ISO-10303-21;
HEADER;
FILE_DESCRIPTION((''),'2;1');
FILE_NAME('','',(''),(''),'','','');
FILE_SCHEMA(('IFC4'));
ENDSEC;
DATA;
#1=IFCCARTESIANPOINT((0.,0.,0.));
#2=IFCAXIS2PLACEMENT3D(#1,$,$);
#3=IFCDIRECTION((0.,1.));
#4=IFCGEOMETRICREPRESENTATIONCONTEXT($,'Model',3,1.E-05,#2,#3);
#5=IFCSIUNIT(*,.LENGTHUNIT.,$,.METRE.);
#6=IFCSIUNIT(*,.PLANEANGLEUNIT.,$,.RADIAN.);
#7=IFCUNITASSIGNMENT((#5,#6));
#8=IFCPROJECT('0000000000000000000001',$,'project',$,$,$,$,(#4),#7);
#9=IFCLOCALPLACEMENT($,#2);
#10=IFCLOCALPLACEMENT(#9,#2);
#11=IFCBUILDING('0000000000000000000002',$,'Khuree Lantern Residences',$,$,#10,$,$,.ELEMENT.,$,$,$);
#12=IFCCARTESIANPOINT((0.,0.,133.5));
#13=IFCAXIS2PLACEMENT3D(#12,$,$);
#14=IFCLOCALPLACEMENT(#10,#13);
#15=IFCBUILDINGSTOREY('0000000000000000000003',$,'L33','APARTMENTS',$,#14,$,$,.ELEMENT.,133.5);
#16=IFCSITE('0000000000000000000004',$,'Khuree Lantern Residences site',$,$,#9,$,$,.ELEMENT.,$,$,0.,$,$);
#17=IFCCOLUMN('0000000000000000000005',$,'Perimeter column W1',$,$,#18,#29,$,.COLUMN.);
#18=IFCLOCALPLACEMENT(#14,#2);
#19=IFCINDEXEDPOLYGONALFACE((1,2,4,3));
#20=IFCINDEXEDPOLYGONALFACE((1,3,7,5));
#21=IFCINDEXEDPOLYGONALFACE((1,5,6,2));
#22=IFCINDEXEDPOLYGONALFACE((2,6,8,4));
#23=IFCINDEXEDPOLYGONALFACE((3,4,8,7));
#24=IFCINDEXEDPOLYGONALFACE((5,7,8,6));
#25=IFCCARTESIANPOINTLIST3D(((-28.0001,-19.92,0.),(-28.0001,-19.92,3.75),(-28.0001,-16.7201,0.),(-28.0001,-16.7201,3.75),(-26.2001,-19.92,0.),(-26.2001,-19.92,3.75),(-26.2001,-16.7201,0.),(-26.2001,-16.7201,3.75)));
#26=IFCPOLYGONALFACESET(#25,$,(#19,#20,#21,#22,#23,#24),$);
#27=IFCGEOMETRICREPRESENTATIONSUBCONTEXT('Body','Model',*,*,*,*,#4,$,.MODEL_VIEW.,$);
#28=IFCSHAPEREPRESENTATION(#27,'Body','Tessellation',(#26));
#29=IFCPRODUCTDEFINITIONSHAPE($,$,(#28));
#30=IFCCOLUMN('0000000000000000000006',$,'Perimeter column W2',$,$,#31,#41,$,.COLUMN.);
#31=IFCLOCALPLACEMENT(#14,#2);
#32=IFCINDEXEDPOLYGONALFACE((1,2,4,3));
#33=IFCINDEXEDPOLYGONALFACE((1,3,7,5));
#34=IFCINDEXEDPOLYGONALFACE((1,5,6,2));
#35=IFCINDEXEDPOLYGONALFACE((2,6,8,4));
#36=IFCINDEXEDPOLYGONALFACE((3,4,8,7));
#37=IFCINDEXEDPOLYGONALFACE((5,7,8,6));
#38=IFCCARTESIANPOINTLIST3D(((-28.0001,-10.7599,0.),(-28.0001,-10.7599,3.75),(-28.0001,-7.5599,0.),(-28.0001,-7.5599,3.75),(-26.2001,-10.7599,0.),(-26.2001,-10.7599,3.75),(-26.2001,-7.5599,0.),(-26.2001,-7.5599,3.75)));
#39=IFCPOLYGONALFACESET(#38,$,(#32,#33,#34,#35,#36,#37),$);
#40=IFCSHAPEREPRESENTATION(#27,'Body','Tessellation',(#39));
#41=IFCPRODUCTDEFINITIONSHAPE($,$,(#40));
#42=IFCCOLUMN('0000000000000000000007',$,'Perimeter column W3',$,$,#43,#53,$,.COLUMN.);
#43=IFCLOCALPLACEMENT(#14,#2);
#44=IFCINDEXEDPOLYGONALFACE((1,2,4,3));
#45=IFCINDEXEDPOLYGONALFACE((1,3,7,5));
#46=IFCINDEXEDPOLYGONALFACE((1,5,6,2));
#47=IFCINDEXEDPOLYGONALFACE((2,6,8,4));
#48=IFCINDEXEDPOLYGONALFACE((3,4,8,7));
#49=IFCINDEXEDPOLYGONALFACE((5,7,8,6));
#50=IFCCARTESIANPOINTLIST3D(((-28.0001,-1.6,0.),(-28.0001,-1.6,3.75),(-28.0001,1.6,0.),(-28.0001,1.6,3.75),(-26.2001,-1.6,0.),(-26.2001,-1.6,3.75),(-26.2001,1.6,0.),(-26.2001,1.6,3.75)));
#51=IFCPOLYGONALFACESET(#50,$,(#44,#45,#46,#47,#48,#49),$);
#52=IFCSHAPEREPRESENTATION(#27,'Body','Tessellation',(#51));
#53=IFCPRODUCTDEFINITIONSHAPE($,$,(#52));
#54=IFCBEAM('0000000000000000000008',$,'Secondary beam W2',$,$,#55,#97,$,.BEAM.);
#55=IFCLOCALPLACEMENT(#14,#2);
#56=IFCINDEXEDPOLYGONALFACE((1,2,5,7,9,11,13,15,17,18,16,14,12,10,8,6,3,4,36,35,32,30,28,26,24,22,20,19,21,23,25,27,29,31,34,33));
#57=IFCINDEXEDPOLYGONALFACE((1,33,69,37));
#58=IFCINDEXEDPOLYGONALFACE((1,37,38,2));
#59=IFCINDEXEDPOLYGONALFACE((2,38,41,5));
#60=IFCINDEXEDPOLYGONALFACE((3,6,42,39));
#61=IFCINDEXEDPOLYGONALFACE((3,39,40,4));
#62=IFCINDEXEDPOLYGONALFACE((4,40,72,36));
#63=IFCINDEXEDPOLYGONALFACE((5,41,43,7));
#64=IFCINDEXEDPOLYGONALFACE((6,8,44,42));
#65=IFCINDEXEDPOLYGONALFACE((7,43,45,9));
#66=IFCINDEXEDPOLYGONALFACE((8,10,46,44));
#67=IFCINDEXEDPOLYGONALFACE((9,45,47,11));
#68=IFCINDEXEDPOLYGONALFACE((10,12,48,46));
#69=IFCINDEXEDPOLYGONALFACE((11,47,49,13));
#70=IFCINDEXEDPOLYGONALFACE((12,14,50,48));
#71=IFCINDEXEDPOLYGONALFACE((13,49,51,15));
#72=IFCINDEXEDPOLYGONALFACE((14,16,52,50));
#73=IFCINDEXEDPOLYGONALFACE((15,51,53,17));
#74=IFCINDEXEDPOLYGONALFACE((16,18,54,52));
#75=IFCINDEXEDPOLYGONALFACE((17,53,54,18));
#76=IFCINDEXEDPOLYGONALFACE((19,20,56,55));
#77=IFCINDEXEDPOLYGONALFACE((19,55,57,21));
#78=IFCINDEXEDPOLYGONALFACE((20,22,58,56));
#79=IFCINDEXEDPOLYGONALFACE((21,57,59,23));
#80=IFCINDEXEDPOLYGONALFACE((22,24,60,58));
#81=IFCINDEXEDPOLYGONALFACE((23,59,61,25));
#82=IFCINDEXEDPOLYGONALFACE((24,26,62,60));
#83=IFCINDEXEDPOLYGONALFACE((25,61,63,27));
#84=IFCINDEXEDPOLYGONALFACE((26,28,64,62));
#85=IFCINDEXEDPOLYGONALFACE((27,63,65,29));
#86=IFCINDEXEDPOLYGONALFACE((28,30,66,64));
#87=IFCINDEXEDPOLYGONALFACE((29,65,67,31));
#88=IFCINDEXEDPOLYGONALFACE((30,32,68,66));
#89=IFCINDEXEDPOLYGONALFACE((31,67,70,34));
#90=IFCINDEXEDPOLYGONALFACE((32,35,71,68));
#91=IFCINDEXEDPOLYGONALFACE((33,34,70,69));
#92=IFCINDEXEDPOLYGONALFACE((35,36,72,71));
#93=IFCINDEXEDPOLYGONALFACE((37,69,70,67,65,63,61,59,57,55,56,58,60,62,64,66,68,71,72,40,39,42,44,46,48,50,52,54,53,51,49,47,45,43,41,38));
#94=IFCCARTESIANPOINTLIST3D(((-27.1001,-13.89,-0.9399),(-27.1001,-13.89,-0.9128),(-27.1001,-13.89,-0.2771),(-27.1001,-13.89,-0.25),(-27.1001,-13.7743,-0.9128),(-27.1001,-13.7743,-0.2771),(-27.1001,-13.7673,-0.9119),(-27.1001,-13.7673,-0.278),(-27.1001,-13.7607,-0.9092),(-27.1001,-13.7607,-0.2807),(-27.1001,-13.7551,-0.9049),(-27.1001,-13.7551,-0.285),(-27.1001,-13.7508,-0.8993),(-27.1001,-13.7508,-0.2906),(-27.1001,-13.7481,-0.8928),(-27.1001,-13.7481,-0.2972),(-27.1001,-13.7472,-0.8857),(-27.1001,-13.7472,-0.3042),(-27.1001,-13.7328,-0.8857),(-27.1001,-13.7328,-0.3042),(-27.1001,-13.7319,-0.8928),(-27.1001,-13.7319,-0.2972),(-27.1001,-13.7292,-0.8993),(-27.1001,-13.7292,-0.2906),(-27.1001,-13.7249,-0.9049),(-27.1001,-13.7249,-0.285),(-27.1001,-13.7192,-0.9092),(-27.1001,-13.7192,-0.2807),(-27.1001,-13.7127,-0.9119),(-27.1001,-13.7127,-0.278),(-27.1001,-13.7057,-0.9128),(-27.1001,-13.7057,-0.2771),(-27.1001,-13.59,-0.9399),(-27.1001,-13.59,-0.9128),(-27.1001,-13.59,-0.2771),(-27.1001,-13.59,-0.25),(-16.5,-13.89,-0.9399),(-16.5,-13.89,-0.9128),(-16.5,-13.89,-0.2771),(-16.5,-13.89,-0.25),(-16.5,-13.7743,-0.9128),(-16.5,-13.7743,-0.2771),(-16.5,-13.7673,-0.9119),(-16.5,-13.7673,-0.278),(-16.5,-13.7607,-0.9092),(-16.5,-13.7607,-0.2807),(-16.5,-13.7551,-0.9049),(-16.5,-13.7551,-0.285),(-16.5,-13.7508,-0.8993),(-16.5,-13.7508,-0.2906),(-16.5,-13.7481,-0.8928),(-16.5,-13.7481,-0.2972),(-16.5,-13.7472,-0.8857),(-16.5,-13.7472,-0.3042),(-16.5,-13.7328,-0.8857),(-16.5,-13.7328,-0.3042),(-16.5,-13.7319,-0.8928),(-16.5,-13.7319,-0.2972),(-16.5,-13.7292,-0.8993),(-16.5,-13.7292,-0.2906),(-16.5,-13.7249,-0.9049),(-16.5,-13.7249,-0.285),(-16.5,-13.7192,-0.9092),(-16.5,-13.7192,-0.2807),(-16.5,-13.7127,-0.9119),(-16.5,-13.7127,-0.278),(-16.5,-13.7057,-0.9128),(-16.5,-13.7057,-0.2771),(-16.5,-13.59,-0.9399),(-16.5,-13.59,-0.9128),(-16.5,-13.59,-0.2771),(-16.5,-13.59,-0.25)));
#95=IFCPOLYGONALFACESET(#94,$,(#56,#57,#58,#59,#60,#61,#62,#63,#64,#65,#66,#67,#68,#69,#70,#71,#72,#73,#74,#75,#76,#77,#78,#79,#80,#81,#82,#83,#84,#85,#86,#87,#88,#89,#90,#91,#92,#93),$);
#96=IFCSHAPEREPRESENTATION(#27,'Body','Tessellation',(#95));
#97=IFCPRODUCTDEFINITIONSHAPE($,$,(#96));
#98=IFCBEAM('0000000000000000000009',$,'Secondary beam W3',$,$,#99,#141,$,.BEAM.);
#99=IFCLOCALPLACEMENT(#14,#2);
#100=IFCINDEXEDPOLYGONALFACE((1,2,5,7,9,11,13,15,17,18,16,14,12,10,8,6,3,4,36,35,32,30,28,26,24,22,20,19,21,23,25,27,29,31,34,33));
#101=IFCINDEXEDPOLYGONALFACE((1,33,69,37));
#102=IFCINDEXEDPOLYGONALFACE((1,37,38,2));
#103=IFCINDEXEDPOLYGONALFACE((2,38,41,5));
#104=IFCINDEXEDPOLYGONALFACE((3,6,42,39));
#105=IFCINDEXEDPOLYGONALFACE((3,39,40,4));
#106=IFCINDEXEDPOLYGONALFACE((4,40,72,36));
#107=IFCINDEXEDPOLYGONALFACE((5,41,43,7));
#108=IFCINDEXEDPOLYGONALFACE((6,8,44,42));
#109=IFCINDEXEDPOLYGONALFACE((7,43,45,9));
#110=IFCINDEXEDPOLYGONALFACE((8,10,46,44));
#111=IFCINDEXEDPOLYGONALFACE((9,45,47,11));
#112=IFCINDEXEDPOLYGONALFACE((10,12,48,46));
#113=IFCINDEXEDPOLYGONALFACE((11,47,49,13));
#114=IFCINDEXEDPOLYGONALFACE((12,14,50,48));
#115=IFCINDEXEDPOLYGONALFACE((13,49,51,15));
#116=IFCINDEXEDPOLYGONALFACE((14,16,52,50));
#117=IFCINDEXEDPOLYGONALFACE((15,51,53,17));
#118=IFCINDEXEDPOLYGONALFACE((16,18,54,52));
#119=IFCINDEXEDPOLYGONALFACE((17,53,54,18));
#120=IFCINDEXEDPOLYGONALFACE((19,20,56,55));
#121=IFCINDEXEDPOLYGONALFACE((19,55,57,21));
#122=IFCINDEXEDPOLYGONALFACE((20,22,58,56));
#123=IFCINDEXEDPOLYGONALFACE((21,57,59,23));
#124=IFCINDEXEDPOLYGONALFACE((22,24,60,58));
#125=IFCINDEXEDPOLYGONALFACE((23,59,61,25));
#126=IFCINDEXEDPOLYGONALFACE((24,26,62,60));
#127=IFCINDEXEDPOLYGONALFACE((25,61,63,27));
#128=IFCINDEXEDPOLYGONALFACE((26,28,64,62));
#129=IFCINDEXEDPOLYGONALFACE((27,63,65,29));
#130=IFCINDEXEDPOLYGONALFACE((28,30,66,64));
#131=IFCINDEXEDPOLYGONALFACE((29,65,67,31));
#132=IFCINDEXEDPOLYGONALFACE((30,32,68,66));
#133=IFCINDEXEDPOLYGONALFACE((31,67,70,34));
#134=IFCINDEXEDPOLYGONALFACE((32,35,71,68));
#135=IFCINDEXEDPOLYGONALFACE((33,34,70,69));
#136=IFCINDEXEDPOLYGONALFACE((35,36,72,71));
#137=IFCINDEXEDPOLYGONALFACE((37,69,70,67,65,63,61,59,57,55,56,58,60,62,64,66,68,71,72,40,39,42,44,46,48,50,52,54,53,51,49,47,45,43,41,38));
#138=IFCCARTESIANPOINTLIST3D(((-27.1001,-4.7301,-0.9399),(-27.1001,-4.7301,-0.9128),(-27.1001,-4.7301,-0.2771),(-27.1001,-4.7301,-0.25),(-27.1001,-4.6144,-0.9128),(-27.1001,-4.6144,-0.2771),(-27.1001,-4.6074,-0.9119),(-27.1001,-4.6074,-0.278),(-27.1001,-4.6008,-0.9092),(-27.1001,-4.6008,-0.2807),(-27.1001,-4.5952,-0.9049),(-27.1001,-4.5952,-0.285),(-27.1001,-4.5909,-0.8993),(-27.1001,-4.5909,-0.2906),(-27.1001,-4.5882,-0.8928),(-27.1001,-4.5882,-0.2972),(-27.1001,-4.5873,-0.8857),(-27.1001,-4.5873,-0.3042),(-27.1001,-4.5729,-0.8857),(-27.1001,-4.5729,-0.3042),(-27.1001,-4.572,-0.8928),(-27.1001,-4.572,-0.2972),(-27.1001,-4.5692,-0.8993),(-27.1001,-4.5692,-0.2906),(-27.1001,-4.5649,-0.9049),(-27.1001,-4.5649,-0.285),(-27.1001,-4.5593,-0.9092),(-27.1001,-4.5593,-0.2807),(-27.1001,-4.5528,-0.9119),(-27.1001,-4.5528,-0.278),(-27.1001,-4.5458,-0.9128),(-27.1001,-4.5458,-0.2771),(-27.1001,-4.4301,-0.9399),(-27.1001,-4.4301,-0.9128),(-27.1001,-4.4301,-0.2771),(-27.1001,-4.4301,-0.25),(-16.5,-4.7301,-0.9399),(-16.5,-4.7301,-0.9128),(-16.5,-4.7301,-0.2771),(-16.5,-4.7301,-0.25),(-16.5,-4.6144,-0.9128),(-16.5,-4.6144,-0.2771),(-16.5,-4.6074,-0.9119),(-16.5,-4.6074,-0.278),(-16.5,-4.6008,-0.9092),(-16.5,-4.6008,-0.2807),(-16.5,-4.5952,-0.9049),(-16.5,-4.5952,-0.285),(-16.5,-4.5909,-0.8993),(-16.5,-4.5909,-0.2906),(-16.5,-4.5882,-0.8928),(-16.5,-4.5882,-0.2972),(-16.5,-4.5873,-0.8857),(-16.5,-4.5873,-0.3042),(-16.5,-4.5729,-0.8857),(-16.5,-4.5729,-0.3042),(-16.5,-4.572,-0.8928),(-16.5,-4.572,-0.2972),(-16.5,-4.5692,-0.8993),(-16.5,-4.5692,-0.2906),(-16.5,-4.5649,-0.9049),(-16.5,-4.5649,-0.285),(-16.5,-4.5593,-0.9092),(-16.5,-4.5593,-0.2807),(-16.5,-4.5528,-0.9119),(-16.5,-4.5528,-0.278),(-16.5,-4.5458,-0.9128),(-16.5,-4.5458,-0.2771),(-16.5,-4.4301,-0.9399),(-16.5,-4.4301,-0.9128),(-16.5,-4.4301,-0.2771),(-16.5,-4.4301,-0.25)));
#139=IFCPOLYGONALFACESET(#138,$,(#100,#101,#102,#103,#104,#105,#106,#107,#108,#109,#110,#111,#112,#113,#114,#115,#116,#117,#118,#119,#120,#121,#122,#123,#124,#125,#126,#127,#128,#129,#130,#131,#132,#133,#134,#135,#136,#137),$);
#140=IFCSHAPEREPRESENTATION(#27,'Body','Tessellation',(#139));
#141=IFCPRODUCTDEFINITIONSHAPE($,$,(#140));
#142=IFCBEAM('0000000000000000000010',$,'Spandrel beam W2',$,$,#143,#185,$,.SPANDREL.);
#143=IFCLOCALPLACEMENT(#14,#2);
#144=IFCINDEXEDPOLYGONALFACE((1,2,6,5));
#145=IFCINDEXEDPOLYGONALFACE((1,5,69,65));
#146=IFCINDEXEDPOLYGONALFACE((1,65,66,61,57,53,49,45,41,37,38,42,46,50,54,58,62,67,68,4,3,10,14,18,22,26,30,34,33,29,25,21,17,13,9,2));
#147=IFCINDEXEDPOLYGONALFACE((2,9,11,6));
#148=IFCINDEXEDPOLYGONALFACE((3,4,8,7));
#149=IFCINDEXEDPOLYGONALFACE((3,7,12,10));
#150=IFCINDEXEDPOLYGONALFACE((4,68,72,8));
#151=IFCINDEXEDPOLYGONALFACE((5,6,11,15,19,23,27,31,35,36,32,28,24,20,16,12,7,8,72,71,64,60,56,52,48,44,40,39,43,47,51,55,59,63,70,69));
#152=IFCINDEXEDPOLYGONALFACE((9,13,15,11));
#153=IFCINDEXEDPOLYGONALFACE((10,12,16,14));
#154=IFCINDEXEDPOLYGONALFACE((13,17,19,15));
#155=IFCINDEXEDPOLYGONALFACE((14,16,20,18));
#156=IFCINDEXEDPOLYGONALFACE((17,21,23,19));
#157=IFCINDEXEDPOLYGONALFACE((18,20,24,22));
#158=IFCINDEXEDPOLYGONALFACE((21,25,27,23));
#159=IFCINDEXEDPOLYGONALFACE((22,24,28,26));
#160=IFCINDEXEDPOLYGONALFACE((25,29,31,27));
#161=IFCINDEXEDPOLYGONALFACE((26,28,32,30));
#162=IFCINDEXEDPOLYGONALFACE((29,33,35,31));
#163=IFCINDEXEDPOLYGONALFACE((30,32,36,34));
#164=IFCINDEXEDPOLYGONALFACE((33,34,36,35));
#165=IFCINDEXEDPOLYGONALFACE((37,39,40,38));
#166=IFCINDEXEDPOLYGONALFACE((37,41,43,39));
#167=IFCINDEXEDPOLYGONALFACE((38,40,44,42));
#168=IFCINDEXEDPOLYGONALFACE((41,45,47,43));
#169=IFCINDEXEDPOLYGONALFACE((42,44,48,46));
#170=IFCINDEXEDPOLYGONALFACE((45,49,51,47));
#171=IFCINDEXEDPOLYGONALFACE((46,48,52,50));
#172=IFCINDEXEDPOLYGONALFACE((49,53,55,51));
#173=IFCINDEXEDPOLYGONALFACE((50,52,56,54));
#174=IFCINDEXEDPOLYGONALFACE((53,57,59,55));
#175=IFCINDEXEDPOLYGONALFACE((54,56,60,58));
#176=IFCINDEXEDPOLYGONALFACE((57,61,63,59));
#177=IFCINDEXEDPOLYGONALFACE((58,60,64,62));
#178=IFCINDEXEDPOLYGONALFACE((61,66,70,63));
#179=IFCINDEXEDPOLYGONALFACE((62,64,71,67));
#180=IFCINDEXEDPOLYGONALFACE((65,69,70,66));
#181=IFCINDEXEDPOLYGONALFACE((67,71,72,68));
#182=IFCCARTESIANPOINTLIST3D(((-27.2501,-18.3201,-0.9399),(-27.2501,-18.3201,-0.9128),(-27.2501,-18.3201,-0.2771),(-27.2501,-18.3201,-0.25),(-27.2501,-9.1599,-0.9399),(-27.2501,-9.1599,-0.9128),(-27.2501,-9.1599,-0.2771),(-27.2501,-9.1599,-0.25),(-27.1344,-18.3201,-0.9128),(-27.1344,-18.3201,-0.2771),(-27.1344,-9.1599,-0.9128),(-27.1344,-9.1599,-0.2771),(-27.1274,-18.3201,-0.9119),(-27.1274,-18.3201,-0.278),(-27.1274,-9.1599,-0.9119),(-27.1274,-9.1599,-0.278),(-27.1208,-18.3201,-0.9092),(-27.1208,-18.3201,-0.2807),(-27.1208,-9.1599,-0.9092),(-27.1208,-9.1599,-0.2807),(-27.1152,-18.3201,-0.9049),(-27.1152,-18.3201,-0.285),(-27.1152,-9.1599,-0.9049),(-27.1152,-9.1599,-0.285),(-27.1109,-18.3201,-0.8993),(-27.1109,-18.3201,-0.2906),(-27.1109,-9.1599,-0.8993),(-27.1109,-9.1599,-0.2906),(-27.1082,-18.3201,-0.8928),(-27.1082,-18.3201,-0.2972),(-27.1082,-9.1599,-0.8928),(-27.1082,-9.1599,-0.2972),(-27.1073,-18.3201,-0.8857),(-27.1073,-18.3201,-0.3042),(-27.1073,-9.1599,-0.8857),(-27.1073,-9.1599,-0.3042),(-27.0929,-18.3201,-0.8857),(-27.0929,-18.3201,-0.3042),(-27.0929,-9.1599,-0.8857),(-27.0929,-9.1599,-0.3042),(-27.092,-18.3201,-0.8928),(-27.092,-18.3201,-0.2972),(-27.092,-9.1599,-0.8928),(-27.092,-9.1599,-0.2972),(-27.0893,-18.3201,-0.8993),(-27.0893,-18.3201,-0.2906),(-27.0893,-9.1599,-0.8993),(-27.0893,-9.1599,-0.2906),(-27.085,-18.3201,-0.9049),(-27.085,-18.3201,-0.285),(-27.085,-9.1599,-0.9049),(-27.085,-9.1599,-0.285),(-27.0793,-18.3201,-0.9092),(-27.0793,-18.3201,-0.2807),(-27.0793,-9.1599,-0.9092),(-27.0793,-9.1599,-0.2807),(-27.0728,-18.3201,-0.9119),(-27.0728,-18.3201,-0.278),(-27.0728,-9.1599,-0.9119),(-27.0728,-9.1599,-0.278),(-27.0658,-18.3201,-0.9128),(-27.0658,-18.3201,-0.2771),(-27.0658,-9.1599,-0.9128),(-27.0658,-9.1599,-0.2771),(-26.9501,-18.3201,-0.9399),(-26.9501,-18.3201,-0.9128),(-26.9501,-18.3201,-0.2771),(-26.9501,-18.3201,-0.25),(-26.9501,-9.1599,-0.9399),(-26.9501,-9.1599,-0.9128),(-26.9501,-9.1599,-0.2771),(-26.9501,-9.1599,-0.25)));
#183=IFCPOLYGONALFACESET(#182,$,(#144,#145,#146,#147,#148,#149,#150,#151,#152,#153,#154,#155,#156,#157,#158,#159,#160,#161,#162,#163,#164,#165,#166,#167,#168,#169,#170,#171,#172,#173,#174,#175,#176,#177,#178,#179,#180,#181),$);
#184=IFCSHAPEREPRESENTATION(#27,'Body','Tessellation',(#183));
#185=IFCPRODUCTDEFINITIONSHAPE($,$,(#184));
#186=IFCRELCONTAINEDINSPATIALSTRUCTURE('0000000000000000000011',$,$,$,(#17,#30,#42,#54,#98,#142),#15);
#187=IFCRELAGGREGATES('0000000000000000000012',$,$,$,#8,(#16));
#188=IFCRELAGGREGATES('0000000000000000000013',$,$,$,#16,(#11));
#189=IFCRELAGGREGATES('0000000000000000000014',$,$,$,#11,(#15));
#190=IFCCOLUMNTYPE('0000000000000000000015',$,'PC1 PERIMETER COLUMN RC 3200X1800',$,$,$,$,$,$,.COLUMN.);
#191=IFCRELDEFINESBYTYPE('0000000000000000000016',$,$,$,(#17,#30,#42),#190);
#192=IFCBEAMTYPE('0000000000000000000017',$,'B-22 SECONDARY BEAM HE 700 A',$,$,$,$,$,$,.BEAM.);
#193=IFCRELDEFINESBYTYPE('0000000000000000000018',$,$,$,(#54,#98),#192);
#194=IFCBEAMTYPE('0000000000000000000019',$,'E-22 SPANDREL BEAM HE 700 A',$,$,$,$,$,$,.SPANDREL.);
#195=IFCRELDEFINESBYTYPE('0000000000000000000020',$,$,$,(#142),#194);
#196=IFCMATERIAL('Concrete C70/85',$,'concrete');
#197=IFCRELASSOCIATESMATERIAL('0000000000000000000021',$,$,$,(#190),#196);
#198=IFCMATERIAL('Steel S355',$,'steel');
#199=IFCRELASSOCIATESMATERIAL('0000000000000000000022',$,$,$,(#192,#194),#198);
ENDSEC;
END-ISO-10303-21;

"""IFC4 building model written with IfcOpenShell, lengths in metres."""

from ifc_helpers import new_model, si_unit, direction, frame, origin, origin_2d, place, context, subcontext, project, spatial, rectangle, i_section, extrude, material, material_profile, profile_set, type_object, element, save


model = new_model("IFC4")

# Units and contexts
model_context = context("Model", 3, precision=1e-05, world=origin(), true_north=direction((0.0, 1.0)))
body_context = subcontext(model_context, "Body", "Model", "MODEL_VIEW")
ifc_project = project(units=[si_unit("LENGTHUNIT", "METRE"), si_unit("PLANEANGLEUNIT", "RADIAN")], contexts=[model_context])

# Site, building, storey
site_placement = place(None, origin())
site = spatial("IfcSite", under=ifc_project, at=site_placement, Name="Khuree Lantern Residences site", CompositionType="ELEMENT", RefElevation=0.0)
building_placement = place(site_placement, origin())
building = spatial("IfcBuilding", under=site, at=building_placement, Name="Khuree Lantern Residences", CompositionType="ELEMENT")
storey_placement = place(building_placement, frame((0.0, 0.0, 133.5)))
storey = spatial("IfcBuildingStorey", under=building, at=storey_placement, Name="L33", Description="APARTMENTS", CompositionType="ELEMENT", Elevation=133.5)

# Columns
ifc_material_1 = material(Name="Concrete C70/85", Category="concrete")
ifc_material_profile_1 = material_profile(ifc_material_1, rectangle(XDim=3.2, YDim=1.8, at=origin_2d()), Name="RC 3200X1800")
ifc_profile_set_1 = profile_set([ifc_material_profile_1], Name="Concrete C70/85")
column_type = type_object("IfcColumnType", Name="PC1 PERIMETER COLUMN RC 3200X1800", PredefinedType="COLUMN", material=ifc_profile_set_1)
for number, where, z_axis, x_axis, name in (
    (1, (-27.1001, -18.3201, 0.0), (0.0, 0.0, 1.0), (0.0, 1.0, 0.0), "Perimeter column W1"),
    (2, (-27.1001, -9.1599, 0.0), (0.0, 0.0, 1.0), (0.0, 1.0, 0.0), "Perimeter column W2"),
    (3, (-27.1001, 0.0, 0.0), (0.0, 0.0, 1.0), (0.0, 1.0, 0.0), "Perimeter column W3"),
):
    element("IfcColumn", number, at=place(storey_placement, frame(where, z_axis=z_axis, x_axis=x_axis)), inside=storey, type_object=column_type, Name=name, PredefinedType="COLUMN", context=body_context, shape_type="SweptSolid", body=[
        extrude(rectangle(XDim=3.2, YDim=1.8, at=origin_2d()), origin(), (0.0, 0.0, 1.0), 3.75),
    ])

# Beams
ifc_material_2 = material(Name="Steel S355", Category="steel")
ifc_material_profile_2 = material_profile(ifc_material_2, i_section(OverallWidth=0.3, OverallDepth=0.6899, WebThickness=0.0144, FlangeThickness=0.0271, FilletRadius=0.0271, at=origin_2d()), Name="HE 700 A")
ifc_profile_set_2 = profile_set([ifc_material_profile_2], Name="Steel S355")
beam_type_1 = type_object("IfcBeamType", Name="B-22 SECONDARY BEAM HE 700 A", PredefinedType="BEAM", material=ifc_profile_set_2)
for number, where, z_axis, x_axis, name in (
    (4, (-27.1001, -13.74, -0.595), (1.0, 0.0, 0.0), (0.0, 1.0, 0.0), "Secondary beam W2"),
    (5, (-27.1001, -4.5801, -0.595), (1.0, 0.0, 0.0), (0.0, 1.0, 0.0), "Secondary beam W3"),
):
    element("IfcBeam", number, at=place(storey_placement, frame(where, z_axis=z_axis, x_axis=x_axis)), inside=storey, type_object=beam_type_1, Name=name, PredefinedType="BEAM", context=body_context, shape_type="SweptSolid", body=[
        extrude(i_section(OverallWidth=0.3, OverallDepth=0.6899, WebThickness=0.0144, FlangeThickness=0.0271, FilletRadius=0.0271, at=origin_2d()), origin(), (0.0, 0.0, 1.0), 10.6001),
    ])
ifc_material_profile_3 = material_profile(ifc_material_2, i_section(OverallWidth=0.3, OverallDepth=0.6899, WebThickness=0.0144, FlangeThickness=0.0271, FilletRadius=0.0271, at=origin_2d()), Name="HE 700 A")
ifc_profile_set_3 = profile_set([ifc_material_profile_3], Name="Steel S355")
beam_type_2 = type_object("IfcBeamType", Name="E-22 SPANDREL BEAM HE 700 A", PredefinedType="SPANDREL", material=ifc_profile_set_3)
beam_1_placement = place(storey_placement, frame((-27.1001, -18.3201, -0.595), z_axis=(0.0, 1.0, 0.0), x_axis=(-1.0, 0.0, 0.0)))
element("IfcBeam", 6, at=beam_1_placement, inside=storey, type_object=beam_type_2, Name="Spandrel beam W2", PredefinedType="SPANDREL", context=body_context, shape_type="SweptSolid", body=[
    extrude(i_section(OverallWidth=0.3, OverallDepth=0.6899, WebThickness=0.0144, FlangeThickness=0.0271, FilletRadius=0.0271, at=origin_2d()), origin(), (0.0, 0.0, 1.0), 9.1602),
])

save(model, "model.ifc")
